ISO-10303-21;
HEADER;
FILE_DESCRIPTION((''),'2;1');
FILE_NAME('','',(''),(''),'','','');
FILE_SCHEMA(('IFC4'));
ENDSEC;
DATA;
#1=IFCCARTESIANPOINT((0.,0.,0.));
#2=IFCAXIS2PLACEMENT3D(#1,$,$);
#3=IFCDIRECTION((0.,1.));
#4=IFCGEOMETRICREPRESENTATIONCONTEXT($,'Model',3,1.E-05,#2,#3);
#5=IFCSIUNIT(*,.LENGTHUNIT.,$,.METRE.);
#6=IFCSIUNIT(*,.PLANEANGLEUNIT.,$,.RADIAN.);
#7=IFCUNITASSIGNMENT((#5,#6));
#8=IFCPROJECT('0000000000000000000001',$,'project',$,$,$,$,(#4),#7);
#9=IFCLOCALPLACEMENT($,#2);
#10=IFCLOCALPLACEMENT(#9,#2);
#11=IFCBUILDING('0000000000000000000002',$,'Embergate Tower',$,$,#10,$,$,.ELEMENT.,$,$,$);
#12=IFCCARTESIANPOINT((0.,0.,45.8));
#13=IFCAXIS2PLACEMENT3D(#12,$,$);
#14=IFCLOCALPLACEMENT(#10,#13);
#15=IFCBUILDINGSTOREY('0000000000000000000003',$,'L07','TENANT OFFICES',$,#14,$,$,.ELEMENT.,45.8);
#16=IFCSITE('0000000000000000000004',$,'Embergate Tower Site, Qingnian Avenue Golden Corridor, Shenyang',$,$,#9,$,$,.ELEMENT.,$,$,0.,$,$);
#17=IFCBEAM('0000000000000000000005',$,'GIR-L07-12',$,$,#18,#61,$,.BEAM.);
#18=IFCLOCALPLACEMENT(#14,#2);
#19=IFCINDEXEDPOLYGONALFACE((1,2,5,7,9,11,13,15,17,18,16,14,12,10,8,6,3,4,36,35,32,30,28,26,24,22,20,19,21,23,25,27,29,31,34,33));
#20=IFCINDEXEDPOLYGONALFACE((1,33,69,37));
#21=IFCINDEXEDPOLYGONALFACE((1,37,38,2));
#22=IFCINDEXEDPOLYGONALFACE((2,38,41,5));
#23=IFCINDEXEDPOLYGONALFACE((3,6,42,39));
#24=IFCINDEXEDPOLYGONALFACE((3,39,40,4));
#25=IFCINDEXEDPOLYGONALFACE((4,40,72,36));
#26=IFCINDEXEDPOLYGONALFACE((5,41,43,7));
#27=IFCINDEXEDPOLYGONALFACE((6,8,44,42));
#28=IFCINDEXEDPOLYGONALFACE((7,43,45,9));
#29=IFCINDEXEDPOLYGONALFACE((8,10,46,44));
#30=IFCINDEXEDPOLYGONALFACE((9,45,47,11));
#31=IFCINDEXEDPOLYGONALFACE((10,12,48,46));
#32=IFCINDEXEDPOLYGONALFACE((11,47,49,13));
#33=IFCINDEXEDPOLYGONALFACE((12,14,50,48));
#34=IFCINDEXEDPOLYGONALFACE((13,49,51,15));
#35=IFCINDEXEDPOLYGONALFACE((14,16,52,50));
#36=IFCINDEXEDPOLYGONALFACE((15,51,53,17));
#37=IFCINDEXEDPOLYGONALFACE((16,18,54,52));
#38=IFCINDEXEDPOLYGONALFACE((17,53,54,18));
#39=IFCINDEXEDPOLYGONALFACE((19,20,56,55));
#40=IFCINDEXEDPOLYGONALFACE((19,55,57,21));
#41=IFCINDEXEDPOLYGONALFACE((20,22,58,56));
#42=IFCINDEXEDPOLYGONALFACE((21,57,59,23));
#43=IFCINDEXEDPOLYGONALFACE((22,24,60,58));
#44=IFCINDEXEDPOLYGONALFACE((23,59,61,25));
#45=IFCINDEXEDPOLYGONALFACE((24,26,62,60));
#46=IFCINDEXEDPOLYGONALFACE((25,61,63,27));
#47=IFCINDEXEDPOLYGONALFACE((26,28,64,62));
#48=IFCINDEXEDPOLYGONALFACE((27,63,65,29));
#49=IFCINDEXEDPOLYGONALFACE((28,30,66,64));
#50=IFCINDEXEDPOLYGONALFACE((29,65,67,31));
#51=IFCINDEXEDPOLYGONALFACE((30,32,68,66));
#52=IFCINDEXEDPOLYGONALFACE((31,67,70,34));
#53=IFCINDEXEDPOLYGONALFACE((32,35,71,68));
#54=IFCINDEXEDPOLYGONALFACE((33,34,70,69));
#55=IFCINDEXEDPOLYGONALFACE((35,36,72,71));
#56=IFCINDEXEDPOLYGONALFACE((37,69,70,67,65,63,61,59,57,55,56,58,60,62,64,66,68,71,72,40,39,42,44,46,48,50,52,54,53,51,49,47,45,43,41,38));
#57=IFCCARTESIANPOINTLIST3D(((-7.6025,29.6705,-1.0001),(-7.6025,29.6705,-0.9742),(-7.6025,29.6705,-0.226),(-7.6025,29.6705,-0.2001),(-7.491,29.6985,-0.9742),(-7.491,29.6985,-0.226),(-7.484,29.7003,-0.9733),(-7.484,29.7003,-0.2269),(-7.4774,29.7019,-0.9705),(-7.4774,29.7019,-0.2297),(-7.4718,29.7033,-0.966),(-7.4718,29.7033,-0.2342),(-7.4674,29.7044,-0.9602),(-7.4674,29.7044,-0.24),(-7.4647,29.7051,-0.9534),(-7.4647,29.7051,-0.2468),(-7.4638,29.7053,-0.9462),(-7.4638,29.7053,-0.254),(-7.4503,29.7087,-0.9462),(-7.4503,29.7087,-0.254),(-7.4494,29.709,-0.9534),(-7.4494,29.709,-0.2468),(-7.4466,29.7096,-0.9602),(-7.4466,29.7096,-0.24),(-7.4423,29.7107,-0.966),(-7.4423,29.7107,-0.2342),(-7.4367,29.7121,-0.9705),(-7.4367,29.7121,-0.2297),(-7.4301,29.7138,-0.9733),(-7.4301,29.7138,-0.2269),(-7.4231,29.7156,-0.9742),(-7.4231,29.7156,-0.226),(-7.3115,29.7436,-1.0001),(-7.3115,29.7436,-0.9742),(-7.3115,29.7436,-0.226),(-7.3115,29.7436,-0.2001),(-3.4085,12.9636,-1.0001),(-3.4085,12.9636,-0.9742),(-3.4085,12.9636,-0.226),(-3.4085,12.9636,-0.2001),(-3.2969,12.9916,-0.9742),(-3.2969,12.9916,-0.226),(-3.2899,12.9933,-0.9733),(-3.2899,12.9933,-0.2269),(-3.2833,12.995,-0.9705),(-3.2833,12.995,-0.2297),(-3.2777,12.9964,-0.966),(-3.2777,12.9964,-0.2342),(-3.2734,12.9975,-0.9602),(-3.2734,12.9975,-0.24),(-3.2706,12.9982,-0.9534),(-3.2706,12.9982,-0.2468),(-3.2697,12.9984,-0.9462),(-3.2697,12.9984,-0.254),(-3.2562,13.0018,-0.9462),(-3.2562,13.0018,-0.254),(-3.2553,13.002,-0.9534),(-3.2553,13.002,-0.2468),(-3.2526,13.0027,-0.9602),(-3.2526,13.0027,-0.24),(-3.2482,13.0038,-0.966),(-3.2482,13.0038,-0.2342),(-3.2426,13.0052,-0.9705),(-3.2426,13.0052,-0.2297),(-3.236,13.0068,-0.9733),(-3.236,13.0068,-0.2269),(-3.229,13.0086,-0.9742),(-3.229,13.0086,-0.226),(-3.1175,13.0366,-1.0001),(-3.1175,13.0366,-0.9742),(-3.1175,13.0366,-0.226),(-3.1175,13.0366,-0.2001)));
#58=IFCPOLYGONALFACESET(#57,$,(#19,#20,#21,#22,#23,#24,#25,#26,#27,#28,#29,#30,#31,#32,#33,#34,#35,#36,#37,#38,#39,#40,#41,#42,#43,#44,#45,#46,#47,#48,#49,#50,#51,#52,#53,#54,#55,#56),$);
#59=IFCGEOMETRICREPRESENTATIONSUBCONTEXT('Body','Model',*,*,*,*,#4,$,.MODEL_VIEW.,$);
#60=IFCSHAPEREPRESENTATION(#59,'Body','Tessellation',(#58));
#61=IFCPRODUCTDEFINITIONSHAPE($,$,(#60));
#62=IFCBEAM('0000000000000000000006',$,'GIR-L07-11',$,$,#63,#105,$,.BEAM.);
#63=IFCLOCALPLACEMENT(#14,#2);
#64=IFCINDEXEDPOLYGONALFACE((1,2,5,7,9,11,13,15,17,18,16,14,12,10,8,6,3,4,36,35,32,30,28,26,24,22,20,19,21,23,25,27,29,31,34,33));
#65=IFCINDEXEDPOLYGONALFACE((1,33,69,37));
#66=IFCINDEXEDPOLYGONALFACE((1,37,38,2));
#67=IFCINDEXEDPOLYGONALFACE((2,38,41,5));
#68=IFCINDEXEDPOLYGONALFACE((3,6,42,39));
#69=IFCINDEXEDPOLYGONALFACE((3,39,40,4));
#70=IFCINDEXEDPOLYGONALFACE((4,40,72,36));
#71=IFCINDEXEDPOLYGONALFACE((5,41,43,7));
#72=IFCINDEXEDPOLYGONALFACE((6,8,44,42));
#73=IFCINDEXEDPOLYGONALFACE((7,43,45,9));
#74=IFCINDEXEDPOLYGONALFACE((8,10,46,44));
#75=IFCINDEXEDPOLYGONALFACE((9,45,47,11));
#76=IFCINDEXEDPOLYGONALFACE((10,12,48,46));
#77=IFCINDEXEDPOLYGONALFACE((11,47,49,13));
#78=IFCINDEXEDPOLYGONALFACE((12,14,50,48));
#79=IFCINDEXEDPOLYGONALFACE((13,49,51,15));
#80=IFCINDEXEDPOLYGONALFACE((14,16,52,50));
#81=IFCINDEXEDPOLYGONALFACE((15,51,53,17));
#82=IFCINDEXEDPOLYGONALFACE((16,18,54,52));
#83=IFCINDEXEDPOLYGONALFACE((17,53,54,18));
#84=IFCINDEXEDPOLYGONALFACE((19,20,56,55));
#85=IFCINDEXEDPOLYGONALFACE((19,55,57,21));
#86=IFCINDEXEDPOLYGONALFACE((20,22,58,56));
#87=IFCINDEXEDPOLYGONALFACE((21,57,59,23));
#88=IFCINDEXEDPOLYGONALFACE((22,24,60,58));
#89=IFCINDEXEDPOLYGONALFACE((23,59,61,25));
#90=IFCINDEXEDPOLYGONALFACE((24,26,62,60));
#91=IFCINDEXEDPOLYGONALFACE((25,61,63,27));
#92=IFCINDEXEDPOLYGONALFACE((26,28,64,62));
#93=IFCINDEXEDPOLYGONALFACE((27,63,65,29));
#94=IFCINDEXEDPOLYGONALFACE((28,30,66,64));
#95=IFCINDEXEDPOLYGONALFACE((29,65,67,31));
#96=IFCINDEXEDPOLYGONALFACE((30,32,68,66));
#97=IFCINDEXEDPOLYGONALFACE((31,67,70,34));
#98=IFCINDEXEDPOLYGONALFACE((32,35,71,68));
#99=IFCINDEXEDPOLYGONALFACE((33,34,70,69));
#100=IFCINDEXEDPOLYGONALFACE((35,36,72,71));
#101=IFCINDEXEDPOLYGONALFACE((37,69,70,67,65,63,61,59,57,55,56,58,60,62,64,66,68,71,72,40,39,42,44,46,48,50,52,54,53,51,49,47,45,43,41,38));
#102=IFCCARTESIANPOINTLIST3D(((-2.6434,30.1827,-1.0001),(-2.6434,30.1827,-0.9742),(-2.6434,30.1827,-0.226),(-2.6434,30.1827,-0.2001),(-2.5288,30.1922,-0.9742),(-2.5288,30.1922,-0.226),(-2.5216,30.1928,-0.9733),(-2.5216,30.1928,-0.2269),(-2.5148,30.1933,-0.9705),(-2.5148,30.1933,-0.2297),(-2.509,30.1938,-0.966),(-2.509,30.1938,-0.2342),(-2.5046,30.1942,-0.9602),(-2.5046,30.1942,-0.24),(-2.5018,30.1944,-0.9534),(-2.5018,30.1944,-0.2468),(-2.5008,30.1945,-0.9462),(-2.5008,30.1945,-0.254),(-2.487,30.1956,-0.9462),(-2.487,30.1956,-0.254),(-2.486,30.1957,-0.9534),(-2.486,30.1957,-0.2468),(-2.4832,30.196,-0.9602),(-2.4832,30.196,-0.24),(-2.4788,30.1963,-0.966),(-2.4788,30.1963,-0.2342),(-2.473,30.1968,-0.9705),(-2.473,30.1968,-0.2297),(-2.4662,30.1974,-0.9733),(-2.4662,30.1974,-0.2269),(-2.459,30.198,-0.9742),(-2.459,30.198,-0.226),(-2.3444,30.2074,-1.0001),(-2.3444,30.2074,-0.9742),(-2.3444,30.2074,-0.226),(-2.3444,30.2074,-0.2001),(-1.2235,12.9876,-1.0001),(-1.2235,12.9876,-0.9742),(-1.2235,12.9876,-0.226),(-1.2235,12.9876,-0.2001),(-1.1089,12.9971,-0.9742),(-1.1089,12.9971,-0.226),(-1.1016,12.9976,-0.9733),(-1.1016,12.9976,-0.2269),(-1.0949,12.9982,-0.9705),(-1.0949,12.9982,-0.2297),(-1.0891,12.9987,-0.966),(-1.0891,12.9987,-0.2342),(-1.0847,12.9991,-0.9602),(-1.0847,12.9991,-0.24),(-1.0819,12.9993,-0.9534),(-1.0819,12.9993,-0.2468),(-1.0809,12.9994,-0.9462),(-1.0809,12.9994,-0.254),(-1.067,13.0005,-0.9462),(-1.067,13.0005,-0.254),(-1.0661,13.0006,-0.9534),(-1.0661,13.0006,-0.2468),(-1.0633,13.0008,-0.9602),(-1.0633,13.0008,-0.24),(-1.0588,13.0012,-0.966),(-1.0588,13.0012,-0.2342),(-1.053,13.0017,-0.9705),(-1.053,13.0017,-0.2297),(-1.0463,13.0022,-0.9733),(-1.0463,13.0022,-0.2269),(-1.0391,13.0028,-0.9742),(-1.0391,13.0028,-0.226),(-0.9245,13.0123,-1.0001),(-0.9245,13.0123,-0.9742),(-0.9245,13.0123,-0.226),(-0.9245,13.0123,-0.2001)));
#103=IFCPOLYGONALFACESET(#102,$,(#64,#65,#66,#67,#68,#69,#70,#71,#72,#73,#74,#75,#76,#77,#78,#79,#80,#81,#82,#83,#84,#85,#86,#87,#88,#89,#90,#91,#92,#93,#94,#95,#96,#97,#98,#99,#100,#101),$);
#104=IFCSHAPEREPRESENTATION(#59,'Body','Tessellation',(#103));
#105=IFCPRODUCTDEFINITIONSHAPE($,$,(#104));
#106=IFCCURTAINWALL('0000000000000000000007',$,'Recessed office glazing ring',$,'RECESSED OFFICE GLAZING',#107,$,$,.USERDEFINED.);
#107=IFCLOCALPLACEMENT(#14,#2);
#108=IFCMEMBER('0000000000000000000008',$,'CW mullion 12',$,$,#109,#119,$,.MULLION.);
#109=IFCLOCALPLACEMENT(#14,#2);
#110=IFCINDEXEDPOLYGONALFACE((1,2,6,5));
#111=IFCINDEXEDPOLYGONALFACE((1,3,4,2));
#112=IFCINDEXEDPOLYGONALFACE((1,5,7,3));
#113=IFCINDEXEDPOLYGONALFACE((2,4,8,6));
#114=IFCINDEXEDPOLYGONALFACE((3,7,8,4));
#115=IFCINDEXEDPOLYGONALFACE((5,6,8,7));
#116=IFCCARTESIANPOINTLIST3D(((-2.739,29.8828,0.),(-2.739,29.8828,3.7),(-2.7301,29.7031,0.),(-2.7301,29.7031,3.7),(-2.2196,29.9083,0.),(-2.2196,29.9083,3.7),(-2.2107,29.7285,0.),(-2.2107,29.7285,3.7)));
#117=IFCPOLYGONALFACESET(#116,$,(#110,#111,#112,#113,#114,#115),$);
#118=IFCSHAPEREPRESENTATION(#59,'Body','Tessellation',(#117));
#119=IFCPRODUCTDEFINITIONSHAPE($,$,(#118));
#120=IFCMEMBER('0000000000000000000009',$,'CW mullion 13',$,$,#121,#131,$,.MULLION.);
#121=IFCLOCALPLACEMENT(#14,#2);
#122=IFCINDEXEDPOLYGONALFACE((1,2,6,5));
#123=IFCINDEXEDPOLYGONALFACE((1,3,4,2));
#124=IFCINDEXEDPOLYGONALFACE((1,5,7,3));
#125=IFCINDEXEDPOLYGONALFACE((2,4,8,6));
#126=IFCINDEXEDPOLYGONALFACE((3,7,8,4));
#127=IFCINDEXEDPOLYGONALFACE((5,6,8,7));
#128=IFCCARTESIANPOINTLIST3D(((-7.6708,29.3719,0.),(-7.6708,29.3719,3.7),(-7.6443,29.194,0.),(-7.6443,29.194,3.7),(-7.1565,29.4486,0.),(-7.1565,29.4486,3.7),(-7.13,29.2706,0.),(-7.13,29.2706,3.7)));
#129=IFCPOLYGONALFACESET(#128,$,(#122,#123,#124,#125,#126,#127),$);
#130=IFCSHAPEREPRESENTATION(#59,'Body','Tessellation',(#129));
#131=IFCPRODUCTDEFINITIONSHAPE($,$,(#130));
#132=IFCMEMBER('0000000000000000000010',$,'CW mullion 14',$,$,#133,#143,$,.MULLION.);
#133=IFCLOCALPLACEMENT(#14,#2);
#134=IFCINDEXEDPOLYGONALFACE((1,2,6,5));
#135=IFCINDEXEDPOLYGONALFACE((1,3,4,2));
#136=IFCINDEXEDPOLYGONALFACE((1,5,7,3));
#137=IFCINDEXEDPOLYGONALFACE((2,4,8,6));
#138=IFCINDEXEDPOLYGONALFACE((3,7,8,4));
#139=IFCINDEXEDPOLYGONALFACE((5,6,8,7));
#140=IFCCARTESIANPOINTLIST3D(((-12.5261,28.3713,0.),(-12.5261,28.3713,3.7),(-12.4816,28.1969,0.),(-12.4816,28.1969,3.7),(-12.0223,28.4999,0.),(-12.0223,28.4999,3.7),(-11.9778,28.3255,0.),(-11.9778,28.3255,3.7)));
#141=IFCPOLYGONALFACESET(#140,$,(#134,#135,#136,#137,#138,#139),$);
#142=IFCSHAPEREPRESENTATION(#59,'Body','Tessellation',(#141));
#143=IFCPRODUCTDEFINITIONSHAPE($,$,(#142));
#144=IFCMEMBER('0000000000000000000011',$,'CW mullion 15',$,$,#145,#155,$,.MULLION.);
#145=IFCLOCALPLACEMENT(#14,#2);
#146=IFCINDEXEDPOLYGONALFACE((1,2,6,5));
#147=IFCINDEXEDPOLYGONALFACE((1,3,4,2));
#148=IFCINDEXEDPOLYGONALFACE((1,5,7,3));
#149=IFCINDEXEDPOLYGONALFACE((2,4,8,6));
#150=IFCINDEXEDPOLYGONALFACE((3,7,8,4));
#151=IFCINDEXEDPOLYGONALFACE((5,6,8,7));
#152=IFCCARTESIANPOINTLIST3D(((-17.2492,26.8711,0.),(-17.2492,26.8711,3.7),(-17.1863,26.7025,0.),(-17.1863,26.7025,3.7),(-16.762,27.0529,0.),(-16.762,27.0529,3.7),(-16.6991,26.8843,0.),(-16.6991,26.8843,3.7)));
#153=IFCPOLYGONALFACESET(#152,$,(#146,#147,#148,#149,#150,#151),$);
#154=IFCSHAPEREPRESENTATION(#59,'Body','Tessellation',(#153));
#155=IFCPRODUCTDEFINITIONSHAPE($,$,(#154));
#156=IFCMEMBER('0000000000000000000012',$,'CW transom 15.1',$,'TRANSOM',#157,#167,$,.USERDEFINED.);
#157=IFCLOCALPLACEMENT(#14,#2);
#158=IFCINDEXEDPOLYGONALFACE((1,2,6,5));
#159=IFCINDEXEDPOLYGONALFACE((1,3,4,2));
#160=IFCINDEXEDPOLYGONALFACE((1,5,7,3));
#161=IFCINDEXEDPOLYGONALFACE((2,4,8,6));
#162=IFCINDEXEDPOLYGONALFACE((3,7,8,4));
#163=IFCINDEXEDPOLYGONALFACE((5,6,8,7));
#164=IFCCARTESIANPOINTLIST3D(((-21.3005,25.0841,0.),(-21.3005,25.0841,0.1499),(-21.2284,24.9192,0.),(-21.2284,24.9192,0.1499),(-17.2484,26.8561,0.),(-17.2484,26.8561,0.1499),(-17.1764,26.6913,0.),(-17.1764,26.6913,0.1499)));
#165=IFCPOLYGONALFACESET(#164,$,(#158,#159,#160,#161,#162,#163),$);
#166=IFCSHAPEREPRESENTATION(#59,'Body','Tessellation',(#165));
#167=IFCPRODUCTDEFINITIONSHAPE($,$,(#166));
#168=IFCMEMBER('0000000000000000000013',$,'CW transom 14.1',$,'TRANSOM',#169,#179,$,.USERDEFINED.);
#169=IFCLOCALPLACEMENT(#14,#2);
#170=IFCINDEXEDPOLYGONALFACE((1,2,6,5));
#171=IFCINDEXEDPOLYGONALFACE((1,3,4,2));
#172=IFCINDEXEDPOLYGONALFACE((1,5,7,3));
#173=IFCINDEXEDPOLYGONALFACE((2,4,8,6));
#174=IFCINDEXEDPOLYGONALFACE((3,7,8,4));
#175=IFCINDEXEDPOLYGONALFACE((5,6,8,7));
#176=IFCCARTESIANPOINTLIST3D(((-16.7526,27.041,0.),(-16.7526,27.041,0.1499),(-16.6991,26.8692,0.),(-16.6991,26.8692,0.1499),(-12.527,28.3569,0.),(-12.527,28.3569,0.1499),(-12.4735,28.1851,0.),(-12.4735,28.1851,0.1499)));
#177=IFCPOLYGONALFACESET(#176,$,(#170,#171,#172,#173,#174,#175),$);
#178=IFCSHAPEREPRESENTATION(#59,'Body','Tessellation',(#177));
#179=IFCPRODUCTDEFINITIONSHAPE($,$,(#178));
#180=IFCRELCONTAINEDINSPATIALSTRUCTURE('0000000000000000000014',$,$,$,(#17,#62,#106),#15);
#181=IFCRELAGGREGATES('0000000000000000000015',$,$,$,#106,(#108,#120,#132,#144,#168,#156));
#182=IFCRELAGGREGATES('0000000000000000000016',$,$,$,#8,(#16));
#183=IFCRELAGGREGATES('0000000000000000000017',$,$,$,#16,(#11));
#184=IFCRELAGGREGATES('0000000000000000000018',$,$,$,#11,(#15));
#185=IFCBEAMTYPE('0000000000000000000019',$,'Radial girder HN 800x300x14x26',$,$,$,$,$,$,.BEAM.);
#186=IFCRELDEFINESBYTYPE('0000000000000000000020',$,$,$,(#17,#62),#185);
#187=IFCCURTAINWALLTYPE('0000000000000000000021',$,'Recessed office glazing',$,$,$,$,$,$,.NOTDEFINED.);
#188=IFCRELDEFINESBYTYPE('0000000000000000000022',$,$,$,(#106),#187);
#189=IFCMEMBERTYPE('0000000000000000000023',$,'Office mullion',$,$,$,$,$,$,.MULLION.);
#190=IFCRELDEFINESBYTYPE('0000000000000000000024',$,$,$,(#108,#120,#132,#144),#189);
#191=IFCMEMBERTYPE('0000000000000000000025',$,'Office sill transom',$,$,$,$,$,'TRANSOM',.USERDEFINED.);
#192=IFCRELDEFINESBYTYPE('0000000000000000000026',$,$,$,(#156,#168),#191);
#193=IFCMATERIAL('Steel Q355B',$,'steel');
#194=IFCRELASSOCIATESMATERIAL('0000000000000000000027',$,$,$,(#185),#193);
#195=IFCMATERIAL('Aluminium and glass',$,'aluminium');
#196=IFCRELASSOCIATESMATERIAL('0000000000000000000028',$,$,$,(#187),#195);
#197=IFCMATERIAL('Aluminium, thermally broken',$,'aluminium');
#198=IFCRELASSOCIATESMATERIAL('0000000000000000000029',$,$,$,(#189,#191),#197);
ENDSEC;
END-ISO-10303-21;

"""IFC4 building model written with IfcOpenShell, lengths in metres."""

from ifc_helpers import new_model, si_unit, direction, frame, origin, origin_2d, place, context, subcontext, project, spatial, rectangle, i_section, extrude, source, transform, mapped, material, material_profile, profile_set, type_object, element, aggregate, save


model = new_model("IFC4")

# Units and contexts
model_context = context("Model", 3, precision=1e-05, world=origin(), true_north=direction((0.0, 1.0)))
body_context = subcontext(model_context, "Body", "Model", "MODEL_VIEW")
ifc_project = project(units=[si_unit("LENGTHUNIT", "METRE"), si_unit("PLANEANGLEUNIT", "RADIAN")], contexts=[model_context])

# Site, building, storey
site_placement = place(None, origin())
site = spatial("IfcSite", under=ifc_project, at=site_placement, Name="Embergate Tower Site, Qingnian Avenue Golden Corridor, Shenyang", CompositionType="ELEMENT", RefElevation=0.0)
building_placement = place(site_placement, origin())
building = spatial("IfcBuilding", under=site, at=building_placement, Name="Embergate Tower", CompositionType="ELEMENT")
storey_placement = place(building_placement, frame((0.0, 0.0, 45.8)))
storey = spatial("IfcBuildingStorey", under=building, at=storey_placement, Name="L07", Description="TENANT OFFICES", CompositionType="ELEMENT", Elevation=45.8)

# Beams
ifc_material_1 = material(Name="Steel Q355B", Category="steel")
ifc_material_profile_1 = material_profile(ifc_material_1, i_section(OverallWidth=0.3, OverallDepth=0.8, WebThickness=0.0139, FlangeThickness=0.0259, FilletRadius=0.0281, at=origin_2d()), Name="HN 800x300x14x26")
ifc_profile_set_1 = profile_set([ifc_material_profile_1], Name="Steel Q355 grade B")
beam_type_1 = type_object("IfcBeamType", Name="Radial girder HN 800x300x14x26", PredefinedType="BEAM", material=ifc_profile_set_1)
shared_shape_1 = source(origin(), body_context, "Body", "SweptSolid", [
    extrude(i_section(OverallWidth=0.3, OverallDepth=0.8, WebThickness=0.0139, FlangeThickness=0.0259, FilletRadius=0.0281, at=origin_2d()), origin(), (0.0, 0.0, 1.0), 17.2253),
])
beam_1_placement = place(storey_placement, frame((-7.457, 29.707, -0.6001), z_axis=(0.243483, -0.969905, 0.0), x_axis=(0.969905, 0.243483, 0.0)))
element("IfcBeam", 1, at=beam_1_placement, inside=storey, type_object=beam_type_1, Name="GIR-L07-12", PredefinedType="BEAM", context=body_context, shape_type="MappedRepresentation", body=[
    mapped(shared_shape_1, transform((0.0, 0.0, 0.0))),
])
shared_shape_2 = source(origin(), body_context, "Body", "SweptSolid", [
    extrude(i_section(OverallWidth=0.3, OverallDepth=0.8, WebThickness=0.0139, FlangeThickness=0.0259, FilletRadius=0.0281, at=origin_2d()), origin(), (0.0, 0.0, 1.0), 17.2537),
])
beam_2_placement = place(storey_placement, frame((-2.4939, 30.1951, -0.6001), z_axis=(0.082297, -0.996608, 0.0), x_axis=(0.996608, 0.082297, 0.0)))
element("IfcBeam", 2, at=beam_2_placement, inside=storey, type_object=beam_type_1, Name="GIR-L07-11", PredefinedType="BEAM", context=body_context, shape_type="MappedRepresentation", body=[
    mapped(shared_shape_2, transform((0.0, 0.0, 0.0))),
])

# Curtain wall, members
ifc_material_2 = material(Name="Aluminium and glass", Category="aluminium")
curtain_wall_type = type_object("IfcCurtainWallType", Name="Recessed office glazing", PredefinedType="NOTDEFINED", material=ifc_material_2)
curtain_wall_placement = place(storey_placement, origin())
curtain_wall = element("IfcCurtainWall", 3, at=curtain_wall_placement, inside=storey, type_object=curtain_wall_type, Name="Recessed office glazing ring", ObjectType="RECESSED OFFICE GLAZING", PredefinedType="USERDEFINED")
ifc_material_3 = material(Name="Aluminium, thermally broken", Category="aluminium")
ifc_material_profile_2 = material_profile(ifc_material_3, rectangle(XDim=0.1799, YDim=0.52, at=origin_2d()), Name="AL 520x180")
ifc_profile_set_2 = profile_set([ifc_material_profile_2], Name="Aluminium, thermally broken")
member_type_1 = type_object("IfcMemberType", Name="Office mullion", PredefinedType="MULLION", material=ifc_profile_set_2)
shared_shape_3 = source(origin(), body_context, "Body", "SweptSolid", [
    extrude(rectangle(XDim=0.1799, YDim=0.52, at=origin_2d()), origin(), (0.0, 0.0, 1.0), 3.7),
])
member_1_placement = place(storey_placement, frame((-2.4749, 29.8057, 0.0), z_axis=(0.0, 0.0, 1.0), x_axis=(0.048972, -0.9988, 0.0)))
member_1 = element("IfcMember", 4, at=member_1_placement, type_object=member_type_1, Name="CW mullion 12", PredefinedType="MULLION", context=body_context, shape_type="MappedRepresentation", body=[
    mapped(shared_shape_3, transform((0.0, 0.0, 0.0))),
])
member_2_placement = place(storey_placement, frame((-7.4004, 29.3213, 0.0), z_axis=(0.0, 0.0, 1.0), x_axis=(0.147412, -0.989075, 0.0)))
member_2 = element("IfcMember", 5, at=member_2_placement, type_object=member_type_1, Name="CW mullion 13", PredefinedType="MULLION", context=body_context, shape_type="MappedRepresentation", body=[
    mapped(shared_shape_3, transform((0.0, 0.0, 0.0))),
])
member_3_placement = place(storey_placement, frame((-12.252, 28.3484, 0.0), z_axis=(0.0, 0.0, 1.0), x_axis=(0.247312, -0.968936, 0.0)))
member_3 = element("IfcMember", 6, at=member_3_placement, type_object=member_type_1, Name="CW mullion 14", PredefinedType="MULLION", context=body_context, shape_type="MappedRepresentation", body=[
    mapped(shared_shape_3, transform((0.0, 0.0, 0.0))),
])
member_4_placement = place(storey_placement, frame((-16.9741, 26.8777, 0.0), z_axis=(0.0, 0.0, 1.0), x_axis=(0.349503, -0.936935, 0.0)))
member_4 = element("IfcMember", 7, at=member_4_placement, type_object=member_type_1, Name="CW mullion 15", PredefinedType="MULLION", context=body_context, shape_type="MappedRepresentation", body=[
    mapped(shared_shape_3, transform((0.0, 0.0, 0.0))),
])
ifc_material_profile_3 = material_profile(ifc_material_3, rectangle(XDim=0.1799, YDim=0.1499, at=origin_2d()), Name="AL 150x180")
ifc_profile_set_3 = profile_set([ifc_material_profile_3], Name="Aluminium, thermally broken")
member_type_2 = type_object("IfcMemberType", Name="Office sill transom", ElementType="TRANSOM", PredefinedType="USERDEFINED", material=ifc_profile_set_3)
shared_shape_4 = source(origin(), body_context, "Body", "SweptSolid", [
    extrude(rectangle(XDim=0.1799, YDim=0.1499, at=origin_2d()), origin(), (0.0, 0.0, 1.0), 4.4226),
])
member_5_placement = place(storey_placement, frame((-17.2124, 26.7737, 0.075), z_axis=(-0.916222, -0.400671, 0.0), x_axis=(0.400671, -0.916222, 0.0)))
member_5 = element("IfcMember", 8, at=member_5_placement, type_object=member_type_2, Name="CW transom 15.1", ObjectType="TRANSOM", PredefinedType="USERDEFINED", context=body_context, shape_type="MappedRepresentation", body=[
    mapped(shared_shape_4, transform((0.0, 0.0, 0.0))),
])
shared_shape_5 = source(origin(), body_context, "Body", "SweptSolid", [
    extrude(rectangle(XDim=0.1799, YDim=0.1499, at=origin_2d()), origin(), (0.0, 0.0, 1.0), 4.4258),
])
member_6_placement = place(storey_placement, frame((-12.5002, 28.271, 0.075), z_axis=(-0.954774, -0.297333, 0.0), x_axis=(0.297333, -0.954774, 0.0)))
member_6 = element("IfcMember", 9, at=member_6_placement, type_object=member_type_2, Name="CW transom 14.1", ObjectType="TRANSOM", PredefinedType="USERDEFINED", context=body_context, shape_type="MappedRepresentation", body=[
    mapped(shared_shape_5, transform((0.0, 0.0, 0.0))),
])
aggregate(curtain_wall, [member_1, member_2, member_3, member_4, member_6, member_5])

save(model, "model.ifc")
